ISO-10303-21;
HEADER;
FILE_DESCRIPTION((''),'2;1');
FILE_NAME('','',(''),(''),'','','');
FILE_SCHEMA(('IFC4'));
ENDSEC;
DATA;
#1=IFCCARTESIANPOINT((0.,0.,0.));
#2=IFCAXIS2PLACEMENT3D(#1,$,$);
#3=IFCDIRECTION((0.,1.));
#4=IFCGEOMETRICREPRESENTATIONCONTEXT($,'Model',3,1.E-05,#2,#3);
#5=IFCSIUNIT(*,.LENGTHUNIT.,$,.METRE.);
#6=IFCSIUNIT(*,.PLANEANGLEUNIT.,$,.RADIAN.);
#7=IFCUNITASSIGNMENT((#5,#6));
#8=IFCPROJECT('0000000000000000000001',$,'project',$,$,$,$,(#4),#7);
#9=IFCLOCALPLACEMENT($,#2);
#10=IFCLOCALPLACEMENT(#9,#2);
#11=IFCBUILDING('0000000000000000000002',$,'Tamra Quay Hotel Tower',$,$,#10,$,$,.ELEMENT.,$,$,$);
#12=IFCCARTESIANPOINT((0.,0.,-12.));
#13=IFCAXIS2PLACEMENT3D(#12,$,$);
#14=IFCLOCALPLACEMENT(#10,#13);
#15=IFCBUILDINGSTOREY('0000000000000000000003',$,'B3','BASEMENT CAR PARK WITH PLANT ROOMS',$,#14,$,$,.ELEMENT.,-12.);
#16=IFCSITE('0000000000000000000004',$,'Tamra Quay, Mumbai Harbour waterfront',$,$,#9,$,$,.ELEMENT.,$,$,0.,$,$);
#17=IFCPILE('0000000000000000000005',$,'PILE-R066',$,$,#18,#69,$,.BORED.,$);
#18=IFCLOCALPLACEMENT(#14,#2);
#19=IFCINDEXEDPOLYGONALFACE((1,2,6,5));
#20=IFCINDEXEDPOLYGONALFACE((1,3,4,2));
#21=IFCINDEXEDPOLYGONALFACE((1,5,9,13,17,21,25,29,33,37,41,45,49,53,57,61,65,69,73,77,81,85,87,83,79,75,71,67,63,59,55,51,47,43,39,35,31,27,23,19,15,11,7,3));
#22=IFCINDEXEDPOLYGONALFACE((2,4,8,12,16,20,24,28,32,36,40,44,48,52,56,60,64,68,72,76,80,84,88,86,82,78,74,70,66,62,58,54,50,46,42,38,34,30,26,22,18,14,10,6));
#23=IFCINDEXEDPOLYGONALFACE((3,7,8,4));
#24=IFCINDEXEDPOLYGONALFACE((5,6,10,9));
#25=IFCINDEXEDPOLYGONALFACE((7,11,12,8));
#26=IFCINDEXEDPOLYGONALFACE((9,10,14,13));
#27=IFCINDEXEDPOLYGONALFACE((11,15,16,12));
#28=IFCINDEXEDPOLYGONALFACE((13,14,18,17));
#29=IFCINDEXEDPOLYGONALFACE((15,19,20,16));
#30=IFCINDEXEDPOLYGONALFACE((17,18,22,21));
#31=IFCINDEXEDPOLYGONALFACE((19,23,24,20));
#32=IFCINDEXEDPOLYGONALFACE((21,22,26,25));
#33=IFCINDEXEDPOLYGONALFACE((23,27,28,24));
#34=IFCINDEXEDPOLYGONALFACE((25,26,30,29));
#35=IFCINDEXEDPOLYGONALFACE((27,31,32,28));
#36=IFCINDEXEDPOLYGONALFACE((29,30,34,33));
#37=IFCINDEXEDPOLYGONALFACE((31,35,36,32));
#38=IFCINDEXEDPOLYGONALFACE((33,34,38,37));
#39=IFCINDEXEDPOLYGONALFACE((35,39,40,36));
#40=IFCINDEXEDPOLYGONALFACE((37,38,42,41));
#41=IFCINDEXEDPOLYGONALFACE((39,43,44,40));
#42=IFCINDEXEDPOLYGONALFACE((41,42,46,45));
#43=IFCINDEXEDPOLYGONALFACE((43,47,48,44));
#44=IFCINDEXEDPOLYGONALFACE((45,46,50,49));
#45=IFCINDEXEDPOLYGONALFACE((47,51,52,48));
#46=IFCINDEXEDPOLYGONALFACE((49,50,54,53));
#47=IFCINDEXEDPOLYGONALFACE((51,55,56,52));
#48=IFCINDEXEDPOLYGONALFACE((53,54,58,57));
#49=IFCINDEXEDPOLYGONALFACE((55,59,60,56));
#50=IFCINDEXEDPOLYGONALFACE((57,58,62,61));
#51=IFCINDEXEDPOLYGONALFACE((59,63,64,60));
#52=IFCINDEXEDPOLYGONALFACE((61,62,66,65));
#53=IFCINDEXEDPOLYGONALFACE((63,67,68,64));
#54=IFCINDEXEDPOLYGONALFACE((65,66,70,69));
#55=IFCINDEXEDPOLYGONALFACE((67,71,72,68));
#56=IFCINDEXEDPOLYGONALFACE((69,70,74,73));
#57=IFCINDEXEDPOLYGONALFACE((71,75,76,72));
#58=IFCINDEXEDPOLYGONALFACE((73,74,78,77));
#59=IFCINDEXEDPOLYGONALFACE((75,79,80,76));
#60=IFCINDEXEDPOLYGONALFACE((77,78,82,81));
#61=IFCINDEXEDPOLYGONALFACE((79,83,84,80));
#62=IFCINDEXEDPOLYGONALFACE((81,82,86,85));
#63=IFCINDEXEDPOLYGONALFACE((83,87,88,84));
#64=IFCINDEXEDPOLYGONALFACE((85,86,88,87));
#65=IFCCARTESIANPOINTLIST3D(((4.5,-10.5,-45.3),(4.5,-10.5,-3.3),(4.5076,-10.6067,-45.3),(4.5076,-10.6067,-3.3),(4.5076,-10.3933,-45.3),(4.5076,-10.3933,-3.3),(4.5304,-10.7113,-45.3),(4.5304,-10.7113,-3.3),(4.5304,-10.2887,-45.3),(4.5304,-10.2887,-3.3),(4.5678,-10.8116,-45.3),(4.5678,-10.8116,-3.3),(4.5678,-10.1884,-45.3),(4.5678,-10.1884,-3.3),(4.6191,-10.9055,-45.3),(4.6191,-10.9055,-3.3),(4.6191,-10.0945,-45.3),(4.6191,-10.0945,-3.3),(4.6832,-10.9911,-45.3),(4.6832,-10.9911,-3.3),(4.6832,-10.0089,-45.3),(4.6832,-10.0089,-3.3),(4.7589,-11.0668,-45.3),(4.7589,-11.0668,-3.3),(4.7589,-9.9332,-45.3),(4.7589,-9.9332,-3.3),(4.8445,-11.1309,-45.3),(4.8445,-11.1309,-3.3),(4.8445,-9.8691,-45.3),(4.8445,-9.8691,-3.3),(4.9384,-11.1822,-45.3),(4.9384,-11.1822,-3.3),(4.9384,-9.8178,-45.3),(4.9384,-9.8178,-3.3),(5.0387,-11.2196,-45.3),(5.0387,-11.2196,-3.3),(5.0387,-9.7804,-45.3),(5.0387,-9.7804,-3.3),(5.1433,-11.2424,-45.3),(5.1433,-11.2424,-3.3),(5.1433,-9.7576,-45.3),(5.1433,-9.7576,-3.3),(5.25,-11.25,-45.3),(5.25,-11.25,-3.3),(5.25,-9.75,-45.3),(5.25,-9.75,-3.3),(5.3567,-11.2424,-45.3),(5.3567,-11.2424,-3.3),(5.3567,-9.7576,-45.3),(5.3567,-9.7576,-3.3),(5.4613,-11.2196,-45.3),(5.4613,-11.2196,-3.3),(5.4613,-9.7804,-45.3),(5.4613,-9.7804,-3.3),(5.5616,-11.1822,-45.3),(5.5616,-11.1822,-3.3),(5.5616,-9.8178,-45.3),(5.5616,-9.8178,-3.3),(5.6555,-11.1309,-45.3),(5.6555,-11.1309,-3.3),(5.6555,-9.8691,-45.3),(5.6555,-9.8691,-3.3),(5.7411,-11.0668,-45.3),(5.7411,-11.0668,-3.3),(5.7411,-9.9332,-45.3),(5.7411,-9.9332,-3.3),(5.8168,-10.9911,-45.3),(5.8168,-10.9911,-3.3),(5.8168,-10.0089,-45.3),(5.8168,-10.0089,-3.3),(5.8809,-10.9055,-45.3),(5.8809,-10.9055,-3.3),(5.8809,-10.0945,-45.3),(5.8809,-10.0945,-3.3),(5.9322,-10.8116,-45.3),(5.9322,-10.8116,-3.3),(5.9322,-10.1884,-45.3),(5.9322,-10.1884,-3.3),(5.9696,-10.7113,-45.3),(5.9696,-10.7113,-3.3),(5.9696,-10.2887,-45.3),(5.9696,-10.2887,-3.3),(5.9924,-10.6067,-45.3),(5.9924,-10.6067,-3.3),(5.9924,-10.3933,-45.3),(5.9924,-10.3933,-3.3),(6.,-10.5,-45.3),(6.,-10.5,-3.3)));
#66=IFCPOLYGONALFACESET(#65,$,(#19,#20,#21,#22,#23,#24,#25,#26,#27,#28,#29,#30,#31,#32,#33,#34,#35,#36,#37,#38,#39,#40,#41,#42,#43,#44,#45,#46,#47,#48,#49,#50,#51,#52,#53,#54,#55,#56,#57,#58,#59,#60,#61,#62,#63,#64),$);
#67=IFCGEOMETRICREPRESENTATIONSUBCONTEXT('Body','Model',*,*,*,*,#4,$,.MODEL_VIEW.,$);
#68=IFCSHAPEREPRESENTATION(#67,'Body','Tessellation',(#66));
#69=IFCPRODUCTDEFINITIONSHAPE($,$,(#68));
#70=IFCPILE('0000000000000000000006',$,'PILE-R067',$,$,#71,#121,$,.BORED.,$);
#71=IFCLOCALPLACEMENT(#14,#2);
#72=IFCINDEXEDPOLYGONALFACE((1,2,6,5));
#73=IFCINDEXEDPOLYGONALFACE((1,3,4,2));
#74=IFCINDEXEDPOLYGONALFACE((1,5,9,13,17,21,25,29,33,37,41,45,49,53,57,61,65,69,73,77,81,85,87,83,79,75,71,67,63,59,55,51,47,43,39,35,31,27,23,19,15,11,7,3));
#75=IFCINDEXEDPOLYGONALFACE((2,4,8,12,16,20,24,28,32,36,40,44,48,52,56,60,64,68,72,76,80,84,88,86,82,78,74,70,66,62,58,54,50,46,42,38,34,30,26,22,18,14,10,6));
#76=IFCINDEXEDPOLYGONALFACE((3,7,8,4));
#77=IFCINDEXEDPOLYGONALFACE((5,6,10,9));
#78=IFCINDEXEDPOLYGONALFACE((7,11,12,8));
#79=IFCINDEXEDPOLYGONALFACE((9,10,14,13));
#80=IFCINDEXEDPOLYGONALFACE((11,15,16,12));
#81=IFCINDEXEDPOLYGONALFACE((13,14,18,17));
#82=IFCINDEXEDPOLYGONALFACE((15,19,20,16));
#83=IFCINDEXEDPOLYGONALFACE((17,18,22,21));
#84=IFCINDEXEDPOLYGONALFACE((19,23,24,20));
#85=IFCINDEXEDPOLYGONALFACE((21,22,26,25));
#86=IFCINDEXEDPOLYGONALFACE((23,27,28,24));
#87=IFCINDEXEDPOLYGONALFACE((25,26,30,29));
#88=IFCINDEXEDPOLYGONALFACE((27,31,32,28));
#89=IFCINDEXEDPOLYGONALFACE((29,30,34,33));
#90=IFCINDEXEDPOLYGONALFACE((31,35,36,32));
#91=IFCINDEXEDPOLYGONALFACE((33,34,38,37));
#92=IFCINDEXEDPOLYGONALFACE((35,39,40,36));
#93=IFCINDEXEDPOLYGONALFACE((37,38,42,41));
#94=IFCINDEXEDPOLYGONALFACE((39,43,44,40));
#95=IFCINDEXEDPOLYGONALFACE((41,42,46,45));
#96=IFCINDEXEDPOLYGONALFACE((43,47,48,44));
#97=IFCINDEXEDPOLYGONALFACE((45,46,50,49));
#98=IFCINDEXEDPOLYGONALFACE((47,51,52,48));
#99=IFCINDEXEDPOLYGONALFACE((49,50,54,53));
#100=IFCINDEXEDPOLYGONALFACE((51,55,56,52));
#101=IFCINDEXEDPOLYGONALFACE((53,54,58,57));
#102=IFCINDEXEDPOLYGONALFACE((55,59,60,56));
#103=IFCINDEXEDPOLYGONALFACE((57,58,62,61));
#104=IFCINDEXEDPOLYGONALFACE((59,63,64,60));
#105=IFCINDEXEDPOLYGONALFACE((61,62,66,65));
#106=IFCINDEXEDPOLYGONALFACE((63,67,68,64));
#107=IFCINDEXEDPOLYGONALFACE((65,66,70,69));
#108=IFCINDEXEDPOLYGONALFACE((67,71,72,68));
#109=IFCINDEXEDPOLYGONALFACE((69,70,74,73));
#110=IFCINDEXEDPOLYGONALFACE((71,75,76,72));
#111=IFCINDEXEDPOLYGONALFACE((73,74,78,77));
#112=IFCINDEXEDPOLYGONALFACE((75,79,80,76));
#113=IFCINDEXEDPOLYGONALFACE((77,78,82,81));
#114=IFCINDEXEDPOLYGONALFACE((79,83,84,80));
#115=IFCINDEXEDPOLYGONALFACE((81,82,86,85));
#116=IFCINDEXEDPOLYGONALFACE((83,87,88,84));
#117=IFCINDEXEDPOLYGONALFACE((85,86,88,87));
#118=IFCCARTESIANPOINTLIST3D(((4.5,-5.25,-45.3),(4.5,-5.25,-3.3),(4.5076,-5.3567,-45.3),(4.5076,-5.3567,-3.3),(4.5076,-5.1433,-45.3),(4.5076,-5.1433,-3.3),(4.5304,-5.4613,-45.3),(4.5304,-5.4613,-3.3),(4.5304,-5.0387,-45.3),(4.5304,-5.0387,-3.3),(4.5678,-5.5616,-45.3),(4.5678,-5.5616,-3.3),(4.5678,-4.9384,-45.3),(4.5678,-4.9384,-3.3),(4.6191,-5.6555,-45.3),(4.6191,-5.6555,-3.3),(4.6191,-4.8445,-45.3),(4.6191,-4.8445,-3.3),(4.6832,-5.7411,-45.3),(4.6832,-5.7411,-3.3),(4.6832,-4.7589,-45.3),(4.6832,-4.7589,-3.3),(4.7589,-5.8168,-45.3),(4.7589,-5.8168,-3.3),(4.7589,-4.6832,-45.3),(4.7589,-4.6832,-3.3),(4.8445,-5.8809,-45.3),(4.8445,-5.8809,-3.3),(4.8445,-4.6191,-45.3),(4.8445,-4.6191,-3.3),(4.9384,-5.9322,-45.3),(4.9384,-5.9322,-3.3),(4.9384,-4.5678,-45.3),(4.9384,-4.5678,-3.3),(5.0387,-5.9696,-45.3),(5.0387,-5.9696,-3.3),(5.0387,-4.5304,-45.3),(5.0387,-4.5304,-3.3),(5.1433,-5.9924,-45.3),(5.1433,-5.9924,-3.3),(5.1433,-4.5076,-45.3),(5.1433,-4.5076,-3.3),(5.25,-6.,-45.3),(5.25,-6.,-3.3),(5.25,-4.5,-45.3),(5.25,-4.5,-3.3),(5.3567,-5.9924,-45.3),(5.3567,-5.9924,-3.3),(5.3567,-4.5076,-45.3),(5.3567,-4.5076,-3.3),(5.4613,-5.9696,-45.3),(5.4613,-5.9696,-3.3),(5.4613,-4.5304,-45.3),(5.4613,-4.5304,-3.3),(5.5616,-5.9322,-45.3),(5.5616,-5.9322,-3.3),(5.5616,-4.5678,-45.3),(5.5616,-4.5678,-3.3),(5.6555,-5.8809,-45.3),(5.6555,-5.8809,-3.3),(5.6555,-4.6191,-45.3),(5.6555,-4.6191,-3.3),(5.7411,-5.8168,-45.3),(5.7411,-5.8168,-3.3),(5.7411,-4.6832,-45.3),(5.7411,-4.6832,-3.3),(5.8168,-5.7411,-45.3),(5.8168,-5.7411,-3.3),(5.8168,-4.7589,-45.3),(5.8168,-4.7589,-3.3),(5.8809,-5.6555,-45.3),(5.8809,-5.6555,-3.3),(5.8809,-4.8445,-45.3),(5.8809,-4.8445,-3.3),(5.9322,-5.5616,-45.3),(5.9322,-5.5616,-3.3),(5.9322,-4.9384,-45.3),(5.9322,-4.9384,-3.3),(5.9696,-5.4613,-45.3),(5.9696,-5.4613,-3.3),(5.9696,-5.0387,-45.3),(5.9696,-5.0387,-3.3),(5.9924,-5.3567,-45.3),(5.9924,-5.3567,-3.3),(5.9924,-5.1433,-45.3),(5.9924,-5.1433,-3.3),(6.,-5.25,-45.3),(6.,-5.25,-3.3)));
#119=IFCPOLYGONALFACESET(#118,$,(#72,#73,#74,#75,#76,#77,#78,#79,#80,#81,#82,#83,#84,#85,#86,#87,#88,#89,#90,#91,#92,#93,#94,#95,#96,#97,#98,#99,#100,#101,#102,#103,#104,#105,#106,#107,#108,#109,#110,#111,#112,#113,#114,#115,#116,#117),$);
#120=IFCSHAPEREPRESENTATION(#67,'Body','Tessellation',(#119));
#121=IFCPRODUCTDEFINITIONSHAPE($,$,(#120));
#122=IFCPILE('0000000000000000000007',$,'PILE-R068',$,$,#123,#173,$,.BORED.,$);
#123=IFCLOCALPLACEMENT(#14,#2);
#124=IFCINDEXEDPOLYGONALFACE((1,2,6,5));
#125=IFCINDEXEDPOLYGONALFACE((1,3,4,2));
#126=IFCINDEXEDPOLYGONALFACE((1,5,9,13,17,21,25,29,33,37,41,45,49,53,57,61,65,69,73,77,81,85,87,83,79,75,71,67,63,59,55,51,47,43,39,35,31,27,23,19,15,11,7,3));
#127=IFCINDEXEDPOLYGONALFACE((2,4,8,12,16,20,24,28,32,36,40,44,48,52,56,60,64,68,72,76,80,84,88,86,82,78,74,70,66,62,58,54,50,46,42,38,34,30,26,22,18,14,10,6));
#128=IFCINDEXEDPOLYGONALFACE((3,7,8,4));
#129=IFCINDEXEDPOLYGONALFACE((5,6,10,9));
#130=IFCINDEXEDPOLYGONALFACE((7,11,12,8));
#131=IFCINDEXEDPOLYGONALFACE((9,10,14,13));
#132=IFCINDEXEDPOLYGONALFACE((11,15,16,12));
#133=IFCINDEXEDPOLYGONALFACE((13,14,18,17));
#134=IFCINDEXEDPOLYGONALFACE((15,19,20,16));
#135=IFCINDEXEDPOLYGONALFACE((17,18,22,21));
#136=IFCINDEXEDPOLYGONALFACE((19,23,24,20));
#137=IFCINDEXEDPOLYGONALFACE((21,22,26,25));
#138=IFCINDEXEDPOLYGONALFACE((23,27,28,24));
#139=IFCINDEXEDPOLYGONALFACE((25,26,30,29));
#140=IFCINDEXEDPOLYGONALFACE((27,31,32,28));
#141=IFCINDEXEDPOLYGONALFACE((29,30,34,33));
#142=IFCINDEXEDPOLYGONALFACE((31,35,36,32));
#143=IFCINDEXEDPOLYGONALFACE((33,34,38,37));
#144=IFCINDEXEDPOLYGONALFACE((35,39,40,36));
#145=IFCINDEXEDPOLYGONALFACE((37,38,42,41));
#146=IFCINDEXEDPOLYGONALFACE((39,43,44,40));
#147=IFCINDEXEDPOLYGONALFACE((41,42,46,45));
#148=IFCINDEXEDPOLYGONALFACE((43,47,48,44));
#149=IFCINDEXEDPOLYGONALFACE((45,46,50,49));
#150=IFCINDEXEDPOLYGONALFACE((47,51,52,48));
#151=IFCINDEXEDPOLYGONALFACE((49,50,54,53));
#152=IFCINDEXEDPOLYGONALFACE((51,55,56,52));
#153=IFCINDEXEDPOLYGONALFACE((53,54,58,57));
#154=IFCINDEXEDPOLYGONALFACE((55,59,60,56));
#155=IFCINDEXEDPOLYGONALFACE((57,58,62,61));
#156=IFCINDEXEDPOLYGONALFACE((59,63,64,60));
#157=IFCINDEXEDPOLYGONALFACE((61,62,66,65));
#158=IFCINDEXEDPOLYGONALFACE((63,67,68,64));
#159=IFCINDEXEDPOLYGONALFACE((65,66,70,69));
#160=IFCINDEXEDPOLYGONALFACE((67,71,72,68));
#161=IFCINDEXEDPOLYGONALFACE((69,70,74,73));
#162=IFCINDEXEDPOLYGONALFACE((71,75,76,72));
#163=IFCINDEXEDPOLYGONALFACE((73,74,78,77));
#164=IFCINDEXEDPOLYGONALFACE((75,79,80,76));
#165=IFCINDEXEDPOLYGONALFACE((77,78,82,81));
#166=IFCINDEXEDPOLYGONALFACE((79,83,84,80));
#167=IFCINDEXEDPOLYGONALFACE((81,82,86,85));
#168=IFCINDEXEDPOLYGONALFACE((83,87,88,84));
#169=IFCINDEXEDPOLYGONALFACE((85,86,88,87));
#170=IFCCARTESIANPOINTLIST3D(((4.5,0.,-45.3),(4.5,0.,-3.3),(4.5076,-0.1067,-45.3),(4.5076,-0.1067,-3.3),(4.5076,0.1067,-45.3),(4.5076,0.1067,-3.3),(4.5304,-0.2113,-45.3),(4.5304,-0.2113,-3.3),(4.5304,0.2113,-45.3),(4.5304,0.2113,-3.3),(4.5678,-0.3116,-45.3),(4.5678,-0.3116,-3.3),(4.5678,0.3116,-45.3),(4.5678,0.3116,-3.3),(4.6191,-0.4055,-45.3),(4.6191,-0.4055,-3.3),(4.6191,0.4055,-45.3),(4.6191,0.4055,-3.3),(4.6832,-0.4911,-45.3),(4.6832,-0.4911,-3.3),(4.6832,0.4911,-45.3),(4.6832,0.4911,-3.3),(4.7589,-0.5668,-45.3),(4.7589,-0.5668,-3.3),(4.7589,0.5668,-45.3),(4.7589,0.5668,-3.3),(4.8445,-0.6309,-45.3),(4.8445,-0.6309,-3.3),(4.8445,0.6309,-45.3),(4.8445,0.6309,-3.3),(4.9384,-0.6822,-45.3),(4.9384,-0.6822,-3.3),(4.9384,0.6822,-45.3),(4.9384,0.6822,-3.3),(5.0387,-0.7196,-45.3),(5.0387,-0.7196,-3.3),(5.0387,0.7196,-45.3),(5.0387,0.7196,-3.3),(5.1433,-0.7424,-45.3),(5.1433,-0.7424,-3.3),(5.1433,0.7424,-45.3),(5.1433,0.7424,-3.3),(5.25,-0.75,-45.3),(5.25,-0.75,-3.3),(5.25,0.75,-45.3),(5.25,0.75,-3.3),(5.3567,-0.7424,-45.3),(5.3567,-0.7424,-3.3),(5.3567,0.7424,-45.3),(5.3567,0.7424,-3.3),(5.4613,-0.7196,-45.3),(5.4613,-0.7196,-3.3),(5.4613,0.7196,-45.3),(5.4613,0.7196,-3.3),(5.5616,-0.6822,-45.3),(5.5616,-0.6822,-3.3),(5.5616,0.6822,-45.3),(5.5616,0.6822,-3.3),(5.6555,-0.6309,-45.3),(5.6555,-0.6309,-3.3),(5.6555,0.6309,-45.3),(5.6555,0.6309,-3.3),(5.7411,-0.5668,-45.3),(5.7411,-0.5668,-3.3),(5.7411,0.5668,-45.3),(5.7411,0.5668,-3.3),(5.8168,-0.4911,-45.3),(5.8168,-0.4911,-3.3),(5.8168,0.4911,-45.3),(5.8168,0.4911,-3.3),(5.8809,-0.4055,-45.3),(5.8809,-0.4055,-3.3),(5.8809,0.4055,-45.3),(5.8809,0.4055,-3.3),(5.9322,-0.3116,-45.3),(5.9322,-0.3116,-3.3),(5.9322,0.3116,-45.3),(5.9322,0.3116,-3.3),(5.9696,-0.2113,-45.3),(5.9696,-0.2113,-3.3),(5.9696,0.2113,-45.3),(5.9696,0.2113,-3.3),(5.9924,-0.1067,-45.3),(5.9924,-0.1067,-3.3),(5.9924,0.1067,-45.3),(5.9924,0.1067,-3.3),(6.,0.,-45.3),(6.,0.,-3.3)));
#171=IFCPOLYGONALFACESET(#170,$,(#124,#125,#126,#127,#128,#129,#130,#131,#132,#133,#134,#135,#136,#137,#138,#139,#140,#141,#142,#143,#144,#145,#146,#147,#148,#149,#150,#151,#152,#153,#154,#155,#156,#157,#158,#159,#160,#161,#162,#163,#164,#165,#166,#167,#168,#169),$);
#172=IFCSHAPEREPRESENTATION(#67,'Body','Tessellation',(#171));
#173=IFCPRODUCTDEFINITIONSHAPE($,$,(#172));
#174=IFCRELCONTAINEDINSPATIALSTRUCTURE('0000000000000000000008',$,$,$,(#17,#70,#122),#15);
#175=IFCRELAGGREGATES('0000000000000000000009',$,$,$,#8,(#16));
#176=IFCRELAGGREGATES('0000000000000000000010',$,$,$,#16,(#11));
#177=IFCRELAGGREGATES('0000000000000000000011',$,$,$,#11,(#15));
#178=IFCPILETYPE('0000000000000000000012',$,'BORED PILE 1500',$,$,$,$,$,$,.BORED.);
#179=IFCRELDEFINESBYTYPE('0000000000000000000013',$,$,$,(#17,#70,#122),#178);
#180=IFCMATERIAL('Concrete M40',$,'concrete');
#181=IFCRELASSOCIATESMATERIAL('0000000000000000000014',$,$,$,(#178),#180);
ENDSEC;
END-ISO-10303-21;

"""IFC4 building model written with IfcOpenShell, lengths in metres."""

from ifc_helpers import new_model, si_unit, direction, frame, origin, origin_2d, place, context, subcontext, project, spatial, circle, extrude, material, material_profile, profile_set, type_object, element, save


model = new_model("IFC4")

# Units and contexts
model_context = context("Model", 3, precision=1e-05, world=origin(), true_north=direction((0.0, 1.0)))
body_context = subcontext(model_context, "Body", "Model", "MODEL_VIEW")
ifc_project = project(units=[si_unit("LENGTHUNIT", "METRE"), si_unit("PLANEANGLEUNIT", "RADIAN")], contexts=[model_context])

# Site, building, storey
site_placement = place(None, origin())
site = spatial("IfcSite", under=ifc_project, at=site_placement, Name="Tamra Quay, Mumbai Harbour waterfront", CompositionType="ELEMENT", RefElevation=0.0)
building_placement = place(site_placement, origin())
building = spatial("IfcBuilding", under=site, at=building_placement, Name="Tamra Quay Hotel Tower", CompositionType="ELEMENT")
storey_placement = place(building_placement, frame((0.0, 0.0, -12.0)))
storey = spatial("IfcBuildingStorey", under=building, at=storey_placement, Name="B3", Description="BASEMENT CAR PARK WITH PLANT ROOMS", CompositionType="ELEMENT", Elevation=-12.0)

# Piles
ifc_material_1 = material(Name="Concrete M40", Category="concrete")
ifc_material_profile_1 = material_profile(ifc_material_1, circle(Radius=0.75, at=origin_2d()), Name="BORED PILE 1500")
ifc_profile_set_1 = profile_set([ifc_material_profile_1], Name="Concrete M40")
pile_type = type_object("IfcPileType", Name="BORED PILE 1500", PredefinedType="BORED", material=ifc_profile_set_1)
for number, where, z_axis, x_axis, name in (
    (1, (5.25, -10.5, -3.3), (0.0, 0.0, -1.0), (1.0, 0.0, 0.0), "PILE-R066"),
    (2, (5.25, -5.25, -3.3), (0.0, 0.0, -1.0), (1.0, 0.0, 0.0), "PILE-R067"),
    (3, (5.25, 0.0, -3.3), (0.0, 0.0, -1.0), (1.0, 0.0, 0.0), "PILE-R068"),
):
    element("IfcPile", number, at=place(storey_placement, frame(where, z_axis=z_axis, x_axis=x_axis)), inside=storey, type_object=pile_type, Name=name, PredefinedType="BORED", context=body_context, shape_type="SweptSolid", body=[
        extrude(circle(Radius=0.75, at=origin_2d()), origin(), (0.0, 0.0, 1.0), 42.0),
    ])

save(model, "model.ifc")
